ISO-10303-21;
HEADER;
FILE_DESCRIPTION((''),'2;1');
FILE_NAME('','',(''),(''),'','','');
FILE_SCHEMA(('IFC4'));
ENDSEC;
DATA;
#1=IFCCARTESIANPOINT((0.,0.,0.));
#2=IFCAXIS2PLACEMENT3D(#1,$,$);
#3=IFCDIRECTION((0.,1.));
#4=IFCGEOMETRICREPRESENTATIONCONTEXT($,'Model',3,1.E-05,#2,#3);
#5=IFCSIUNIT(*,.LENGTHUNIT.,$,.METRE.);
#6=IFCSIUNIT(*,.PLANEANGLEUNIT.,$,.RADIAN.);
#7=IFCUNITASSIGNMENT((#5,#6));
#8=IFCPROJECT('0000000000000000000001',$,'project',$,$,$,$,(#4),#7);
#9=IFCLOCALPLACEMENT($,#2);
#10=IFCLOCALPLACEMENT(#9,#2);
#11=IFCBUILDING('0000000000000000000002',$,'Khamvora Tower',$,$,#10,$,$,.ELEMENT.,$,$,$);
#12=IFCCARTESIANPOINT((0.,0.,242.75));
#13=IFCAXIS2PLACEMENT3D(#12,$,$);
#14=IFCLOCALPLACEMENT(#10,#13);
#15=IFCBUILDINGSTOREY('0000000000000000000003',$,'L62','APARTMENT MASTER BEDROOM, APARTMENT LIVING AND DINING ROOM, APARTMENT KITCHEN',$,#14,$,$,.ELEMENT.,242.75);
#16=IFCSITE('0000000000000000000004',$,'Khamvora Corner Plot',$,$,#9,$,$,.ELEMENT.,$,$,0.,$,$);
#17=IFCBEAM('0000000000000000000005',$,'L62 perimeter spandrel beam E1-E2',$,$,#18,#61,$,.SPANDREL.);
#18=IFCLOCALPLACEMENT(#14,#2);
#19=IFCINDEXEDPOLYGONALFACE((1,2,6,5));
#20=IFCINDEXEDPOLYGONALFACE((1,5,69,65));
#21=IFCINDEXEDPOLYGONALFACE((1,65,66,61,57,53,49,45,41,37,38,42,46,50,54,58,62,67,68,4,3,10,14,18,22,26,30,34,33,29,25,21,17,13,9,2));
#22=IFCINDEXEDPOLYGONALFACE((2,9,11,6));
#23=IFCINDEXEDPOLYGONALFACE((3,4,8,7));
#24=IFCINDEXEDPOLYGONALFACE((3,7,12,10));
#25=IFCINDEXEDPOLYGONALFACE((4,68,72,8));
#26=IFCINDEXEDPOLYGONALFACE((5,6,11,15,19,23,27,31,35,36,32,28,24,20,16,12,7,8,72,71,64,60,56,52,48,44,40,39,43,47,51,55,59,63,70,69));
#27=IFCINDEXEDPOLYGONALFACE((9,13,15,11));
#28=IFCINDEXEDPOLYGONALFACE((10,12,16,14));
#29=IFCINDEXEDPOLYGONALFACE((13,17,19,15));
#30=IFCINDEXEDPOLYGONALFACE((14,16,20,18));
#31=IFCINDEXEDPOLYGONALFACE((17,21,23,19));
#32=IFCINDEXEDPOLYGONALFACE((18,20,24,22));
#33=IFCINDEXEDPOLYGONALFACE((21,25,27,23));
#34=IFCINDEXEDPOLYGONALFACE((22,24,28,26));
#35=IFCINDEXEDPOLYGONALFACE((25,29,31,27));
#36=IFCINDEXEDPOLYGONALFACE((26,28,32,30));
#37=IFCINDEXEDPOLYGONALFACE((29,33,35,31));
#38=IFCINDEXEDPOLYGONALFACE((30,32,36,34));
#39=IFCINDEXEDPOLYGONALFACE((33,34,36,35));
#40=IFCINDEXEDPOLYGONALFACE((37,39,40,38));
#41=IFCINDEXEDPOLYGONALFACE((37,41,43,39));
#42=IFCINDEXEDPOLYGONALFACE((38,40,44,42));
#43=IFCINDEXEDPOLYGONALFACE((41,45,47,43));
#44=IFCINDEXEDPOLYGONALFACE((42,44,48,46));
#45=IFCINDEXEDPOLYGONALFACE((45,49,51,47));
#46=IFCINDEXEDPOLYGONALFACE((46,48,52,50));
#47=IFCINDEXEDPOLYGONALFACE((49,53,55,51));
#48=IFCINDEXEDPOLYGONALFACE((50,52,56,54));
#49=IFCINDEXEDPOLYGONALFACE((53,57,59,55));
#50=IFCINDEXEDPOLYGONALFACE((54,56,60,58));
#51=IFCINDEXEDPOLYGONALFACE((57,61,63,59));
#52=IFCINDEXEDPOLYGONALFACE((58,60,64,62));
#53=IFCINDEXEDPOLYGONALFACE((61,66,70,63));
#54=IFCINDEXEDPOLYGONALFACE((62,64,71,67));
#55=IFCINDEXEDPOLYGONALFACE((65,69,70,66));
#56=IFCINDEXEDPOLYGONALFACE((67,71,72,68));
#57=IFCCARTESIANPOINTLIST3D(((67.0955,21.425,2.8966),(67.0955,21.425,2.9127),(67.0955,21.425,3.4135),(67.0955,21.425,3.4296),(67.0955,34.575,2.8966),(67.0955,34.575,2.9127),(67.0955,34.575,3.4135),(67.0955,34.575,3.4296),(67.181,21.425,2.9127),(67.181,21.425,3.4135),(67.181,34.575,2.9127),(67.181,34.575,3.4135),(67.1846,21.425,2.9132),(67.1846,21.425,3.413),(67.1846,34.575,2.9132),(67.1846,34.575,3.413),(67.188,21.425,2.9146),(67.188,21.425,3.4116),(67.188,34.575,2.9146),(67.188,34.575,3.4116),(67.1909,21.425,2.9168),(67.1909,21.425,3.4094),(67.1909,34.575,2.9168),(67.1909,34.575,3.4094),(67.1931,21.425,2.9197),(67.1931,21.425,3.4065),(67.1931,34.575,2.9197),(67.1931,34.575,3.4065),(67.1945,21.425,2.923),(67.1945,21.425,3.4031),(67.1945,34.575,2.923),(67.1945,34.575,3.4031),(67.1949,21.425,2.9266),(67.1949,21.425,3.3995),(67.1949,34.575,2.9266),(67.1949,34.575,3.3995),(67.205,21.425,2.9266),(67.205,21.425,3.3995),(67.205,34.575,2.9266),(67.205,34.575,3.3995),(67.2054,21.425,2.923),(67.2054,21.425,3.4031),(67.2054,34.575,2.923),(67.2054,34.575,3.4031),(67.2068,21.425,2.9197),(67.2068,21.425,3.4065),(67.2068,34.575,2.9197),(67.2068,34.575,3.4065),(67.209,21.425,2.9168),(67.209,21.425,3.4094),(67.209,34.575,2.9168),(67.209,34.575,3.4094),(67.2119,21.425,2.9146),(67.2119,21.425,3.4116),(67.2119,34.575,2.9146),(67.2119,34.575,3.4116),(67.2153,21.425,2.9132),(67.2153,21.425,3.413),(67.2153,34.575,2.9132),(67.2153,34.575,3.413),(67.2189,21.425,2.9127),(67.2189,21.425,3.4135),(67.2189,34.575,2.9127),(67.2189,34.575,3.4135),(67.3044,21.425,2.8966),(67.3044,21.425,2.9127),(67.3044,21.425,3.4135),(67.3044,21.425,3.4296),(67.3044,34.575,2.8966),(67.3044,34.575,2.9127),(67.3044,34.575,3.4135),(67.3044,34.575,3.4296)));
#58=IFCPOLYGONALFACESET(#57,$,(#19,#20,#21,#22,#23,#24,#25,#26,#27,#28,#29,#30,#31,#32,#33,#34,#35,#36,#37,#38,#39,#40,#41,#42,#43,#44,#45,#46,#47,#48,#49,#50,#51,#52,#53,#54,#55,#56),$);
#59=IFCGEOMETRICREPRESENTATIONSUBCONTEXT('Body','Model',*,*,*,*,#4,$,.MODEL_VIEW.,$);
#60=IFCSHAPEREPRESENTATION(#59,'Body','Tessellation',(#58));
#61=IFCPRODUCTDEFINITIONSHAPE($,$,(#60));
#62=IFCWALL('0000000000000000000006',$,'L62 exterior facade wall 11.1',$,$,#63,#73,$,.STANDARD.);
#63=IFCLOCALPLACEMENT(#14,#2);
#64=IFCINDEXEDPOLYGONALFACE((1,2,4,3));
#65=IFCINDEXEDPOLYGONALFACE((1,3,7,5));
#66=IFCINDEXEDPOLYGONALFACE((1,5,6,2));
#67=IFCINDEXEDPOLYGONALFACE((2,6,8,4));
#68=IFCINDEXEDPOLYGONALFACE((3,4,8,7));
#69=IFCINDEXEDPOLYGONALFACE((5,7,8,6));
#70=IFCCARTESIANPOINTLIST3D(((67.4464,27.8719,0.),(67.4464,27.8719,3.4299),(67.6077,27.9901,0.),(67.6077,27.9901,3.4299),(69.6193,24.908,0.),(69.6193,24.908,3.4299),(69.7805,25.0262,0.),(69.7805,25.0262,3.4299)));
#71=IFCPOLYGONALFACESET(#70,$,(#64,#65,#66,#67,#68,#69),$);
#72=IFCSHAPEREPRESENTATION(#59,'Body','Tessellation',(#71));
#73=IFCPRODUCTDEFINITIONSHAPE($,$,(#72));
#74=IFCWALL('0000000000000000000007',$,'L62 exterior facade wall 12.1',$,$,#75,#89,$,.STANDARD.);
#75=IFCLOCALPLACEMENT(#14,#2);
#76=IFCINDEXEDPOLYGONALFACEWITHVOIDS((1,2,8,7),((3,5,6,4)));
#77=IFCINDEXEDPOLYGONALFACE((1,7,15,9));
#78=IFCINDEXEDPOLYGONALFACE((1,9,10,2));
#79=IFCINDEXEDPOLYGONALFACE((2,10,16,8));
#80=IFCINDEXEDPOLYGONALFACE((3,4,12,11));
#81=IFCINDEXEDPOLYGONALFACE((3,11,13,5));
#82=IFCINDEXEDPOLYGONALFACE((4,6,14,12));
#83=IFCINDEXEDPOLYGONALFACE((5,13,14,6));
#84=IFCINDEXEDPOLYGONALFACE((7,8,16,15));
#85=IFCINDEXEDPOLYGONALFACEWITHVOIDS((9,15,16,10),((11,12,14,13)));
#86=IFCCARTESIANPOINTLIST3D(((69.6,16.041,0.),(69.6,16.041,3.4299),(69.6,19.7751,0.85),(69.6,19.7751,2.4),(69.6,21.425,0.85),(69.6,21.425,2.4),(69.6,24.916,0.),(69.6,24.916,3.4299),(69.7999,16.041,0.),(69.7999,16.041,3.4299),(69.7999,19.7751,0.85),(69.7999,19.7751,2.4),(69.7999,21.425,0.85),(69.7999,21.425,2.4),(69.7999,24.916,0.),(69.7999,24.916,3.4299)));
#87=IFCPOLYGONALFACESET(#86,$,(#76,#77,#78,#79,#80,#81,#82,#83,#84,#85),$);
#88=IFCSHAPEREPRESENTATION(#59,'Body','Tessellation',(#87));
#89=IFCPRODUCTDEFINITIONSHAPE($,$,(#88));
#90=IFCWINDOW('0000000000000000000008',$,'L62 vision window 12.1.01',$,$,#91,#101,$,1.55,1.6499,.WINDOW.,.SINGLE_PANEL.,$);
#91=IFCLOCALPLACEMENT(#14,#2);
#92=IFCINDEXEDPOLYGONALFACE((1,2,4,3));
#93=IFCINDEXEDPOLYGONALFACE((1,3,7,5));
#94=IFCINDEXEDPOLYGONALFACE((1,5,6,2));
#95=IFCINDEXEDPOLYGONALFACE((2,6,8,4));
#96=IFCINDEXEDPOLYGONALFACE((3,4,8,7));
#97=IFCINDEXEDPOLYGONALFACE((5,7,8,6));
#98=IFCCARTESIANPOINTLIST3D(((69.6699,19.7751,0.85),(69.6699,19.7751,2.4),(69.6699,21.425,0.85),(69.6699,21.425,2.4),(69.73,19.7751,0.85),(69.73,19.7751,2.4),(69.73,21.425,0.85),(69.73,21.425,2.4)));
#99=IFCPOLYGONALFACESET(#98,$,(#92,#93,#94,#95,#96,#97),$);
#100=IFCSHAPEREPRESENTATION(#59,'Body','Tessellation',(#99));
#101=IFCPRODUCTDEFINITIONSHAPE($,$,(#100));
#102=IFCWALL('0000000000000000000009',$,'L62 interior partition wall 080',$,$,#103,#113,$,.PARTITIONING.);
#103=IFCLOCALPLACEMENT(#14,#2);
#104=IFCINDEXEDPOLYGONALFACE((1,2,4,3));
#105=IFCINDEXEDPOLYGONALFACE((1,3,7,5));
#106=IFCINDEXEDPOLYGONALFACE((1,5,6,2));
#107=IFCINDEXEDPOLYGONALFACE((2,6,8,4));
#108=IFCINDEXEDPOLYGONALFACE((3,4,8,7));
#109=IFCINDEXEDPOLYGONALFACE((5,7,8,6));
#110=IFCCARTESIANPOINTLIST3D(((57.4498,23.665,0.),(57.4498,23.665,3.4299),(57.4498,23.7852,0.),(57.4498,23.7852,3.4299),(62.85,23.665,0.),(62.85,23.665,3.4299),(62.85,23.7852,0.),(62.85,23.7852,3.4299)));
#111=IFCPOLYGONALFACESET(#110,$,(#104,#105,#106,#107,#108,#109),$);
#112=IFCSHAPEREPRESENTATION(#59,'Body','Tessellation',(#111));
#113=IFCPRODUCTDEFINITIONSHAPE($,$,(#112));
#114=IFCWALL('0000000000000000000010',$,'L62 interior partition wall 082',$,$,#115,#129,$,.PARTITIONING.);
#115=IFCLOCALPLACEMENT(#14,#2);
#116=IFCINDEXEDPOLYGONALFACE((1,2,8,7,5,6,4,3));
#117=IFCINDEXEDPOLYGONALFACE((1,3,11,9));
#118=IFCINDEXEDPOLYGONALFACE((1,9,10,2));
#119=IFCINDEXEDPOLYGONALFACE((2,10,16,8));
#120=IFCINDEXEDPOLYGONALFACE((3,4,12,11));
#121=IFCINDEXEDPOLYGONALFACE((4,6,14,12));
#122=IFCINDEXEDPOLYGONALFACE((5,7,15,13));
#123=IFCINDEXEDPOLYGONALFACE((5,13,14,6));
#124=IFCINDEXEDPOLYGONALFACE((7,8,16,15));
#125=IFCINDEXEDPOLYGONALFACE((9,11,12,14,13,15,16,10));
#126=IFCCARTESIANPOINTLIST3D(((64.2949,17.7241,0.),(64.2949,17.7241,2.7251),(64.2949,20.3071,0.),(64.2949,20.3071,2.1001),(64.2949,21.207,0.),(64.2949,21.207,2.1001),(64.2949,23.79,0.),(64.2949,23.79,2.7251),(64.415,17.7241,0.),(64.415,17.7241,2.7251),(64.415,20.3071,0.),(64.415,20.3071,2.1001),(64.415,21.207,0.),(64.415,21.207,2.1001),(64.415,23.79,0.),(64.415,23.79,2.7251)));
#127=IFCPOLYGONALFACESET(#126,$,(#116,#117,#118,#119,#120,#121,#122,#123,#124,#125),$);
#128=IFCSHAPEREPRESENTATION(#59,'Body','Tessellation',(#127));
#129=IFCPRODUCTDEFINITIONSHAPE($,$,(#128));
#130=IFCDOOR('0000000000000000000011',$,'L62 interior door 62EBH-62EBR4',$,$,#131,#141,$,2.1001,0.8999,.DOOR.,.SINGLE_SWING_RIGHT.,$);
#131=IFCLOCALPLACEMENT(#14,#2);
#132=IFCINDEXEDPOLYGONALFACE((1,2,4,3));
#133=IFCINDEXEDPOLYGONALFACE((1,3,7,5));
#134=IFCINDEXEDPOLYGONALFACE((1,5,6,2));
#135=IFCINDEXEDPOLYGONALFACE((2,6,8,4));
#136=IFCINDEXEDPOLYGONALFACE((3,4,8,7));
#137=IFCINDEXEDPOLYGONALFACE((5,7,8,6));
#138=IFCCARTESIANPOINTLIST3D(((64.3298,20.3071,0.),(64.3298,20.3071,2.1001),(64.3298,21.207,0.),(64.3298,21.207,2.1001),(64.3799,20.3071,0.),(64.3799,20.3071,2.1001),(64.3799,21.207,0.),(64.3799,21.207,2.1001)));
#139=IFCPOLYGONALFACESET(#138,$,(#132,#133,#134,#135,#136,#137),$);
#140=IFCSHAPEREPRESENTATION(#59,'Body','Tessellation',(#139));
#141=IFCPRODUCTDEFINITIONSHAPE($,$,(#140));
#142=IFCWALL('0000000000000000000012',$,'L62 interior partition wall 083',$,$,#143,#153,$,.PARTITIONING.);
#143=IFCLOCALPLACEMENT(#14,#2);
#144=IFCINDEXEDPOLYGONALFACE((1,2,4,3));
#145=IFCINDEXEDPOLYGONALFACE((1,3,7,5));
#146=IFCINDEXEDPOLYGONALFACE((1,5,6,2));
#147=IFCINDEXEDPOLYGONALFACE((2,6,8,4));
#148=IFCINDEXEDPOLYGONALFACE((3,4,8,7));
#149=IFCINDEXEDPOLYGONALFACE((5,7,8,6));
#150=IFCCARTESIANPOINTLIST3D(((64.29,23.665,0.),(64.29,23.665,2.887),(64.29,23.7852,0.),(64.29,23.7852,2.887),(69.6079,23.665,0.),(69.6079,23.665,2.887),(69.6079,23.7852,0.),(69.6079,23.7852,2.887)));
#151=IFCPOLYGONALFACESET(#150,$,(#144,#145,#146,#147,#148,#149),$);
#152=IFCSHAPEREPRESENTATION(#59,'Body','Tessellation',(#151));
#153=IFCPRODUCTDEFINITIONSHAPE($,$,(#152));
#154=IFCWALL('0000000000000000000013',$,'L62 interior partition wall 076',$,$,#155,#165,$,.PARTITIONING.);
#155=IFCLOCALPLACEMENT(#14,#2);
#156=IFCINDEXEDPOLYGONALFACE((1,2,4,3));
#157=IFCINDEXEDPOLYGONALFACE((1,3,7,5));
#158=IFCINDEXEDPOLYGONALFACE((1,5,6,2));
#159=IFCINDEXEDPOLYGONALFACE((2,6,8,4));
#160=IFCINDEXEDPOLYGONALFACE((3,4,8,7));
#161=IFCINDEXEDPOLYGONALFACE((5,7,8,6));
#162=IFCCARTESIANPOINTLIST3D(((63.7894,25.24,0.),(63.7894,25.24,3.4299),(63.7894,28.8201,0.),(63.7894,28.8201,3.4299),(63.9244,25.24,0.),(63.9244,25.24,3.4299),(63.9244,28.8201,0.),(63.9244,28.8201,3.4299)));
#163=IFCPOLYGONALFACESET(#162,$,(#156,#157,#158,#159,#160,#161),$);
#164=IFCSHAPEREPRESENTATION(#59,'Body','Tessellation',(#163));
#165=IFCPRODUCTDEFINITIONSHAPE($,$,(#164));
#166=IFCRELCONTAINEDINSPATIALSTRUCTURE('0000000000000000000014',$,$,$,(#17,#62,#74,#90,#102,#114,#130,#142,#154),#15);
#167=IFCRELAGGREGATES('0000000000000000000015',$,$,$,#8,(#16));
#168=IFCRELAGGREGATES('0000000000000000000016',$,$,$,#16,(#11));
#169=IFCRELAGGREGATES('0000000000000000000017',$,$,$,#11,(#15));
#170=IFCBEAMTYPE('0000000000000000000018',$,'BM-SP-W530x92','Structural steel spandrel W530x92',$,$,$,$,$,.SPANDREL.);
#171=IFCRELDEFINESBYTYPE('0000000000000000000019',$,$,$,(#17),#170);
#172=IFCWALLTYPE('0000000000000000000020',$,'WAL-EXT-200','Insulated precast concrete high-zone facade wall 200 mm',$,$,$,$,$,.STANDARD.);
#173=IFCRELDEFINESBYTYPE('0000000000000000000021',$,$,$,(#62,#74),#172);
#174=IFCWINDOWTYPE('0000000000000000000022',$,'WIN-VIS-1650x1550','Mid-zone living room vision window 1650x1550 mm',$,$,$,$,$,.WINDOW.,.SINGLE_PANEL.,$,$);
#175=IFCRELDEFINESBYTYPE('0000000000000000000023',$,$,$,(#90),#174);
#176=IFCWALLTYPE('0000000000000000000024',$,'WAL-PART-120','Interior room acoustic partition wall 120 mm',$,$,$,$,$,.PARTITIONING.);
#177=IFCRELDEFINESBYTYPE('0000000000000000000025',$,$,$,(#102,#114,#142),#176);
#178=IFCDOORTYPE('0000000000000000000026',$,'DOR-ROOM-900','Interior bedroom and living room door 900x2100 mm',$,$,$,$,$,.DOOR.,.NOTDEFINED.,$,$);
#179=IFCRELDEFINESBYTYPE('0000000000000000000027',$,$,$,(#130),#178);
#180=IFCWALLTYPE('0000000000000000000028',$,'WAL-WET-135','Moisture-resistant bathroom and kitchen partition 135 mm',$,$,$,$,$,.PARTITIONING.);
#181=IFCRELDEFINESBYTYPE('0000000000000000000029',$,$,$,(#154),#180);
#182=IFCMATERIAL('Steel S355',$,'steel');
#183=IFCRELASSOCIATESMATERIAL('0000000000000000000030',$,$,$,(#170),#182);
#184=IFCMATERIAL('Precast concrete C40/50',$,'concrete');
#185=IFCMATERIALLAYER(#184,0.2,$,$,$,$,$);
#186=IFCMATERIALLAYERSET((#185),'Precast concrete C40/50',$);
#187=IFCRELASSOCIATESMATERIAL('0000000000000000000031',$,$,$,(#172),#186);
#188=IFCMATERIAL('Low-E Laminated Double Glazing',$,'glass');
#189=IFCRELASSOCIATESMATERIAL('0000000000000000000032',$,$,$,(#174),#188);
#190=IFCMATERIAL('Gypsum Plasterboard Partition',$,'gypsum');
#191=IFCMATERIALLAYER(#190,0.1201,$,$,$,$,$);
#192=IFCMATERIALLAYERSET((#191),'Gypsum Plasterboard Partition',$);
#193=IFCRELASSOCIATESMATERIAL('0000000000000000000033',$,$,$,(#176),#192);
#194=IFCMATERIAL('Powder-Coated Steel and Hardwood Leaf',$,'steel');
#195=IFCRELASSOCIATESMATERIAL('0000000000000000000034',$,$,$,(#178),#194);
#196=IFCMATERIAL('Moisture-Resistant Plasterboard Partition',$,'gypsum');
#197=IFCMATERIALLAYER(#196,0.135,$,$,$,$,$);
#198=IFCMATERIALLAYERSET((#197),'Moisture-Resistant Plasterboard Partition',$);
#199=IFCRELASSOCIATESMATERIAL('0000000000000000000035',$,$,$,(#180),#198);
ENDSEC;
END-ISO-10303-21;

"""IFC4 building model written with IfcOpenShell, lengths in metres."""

from ifc_helpers import new_model, si_unit, direction, frame, frame_2d, origin, origin_2d, place, context, subcontext, project, spatial, rectangle, i_section, extrude, material, layer, layer_set, material_profile, profile_set, type_object, element, fill, save


model = new_model("IFC4")

# Units and contexts
model_context = context("Model", 3, precision=1e-05, world=origin(), true_north=direction((0.0, 1.0)))
body_context = subcontext(model_context, "Body", "Model", "MODEL_VIEW")
ifc_project = project(units=[si_unit("LENGTHUNIT", "METRE"), si_unit("PLANEANGLEUNIT", "RADIAN")], contexts=[model_context])

# Site, building, storey
site_placement = place(None, origin())
site = spatial("IfcSite", under=ifc_project, at=site_placement, Name="Khamvora Corner Plot", CompositionType="ELEMENT", RefElevation=0.0)
building_placement = place(site_placement, origin())
building = spatial("IfcBuilding", under=site, at=building_placement, Name="Khamvora Tower", CompositionType="ELEMENT")
storey_placement = place(building_placement, frame((0.0, 0.0, 242.75)))
storey = spatial("IfcBuildingStorey", under=building, at=storey_placement, Name="L62", Description="APARTMENT MASTER BEDROOM, APARTMENT LIVING AND DINING ROOM, APARTMENT KITCHEN", CompositionType="ELEMENT", Elevation=242.75)

# Beam
ifc_material_1 = material(Name="Steel S355", Category="steel")
ifc_material_profile = material_profile(ifc_material_1, i_section(OverallWidth=0.209, OverallDepth=0.533, WebThickness=0.01, FlangeThickness=0.0161, FilletRadius=0.0139, at=origin_2d()), Name="W530x92")
ifc_profile_set = profile_set([ifc_material_profile], Name="Steel S355")
beam_type = type_object("IfcBeamType", Name="BM-SP-W530x92", Description="Structural steel spandrel W530x92", PredefinedType="SPANDREL", material=ifc_profile_set)
beam_placement = place(storey_placement, frame((67.2, 21.425, 3.1631), z_axis=(0.0, 1.0, 0.0), x_axis=(-1.0, 0.0, 0.0)))
element("IfcBeam", 1, at=beam_placement, inside=storey, type_object=beam_type, Name="L62 perimeter spandrel beam E1-E2", PredefinedType="SPANDREL", context=body_context, shape_type="SweptSolid", body=[
    extrude(i_section(OverallWidth=0.209, OverallDepth=0.533, WebThickness=0.01, FlangeThickness=0.0161, FilletRadius=0.0139, at=origin_2d()), origin(), (0.0, 0.0, 1.0), 13.1499),
])

# Wall
ifc_material_2 = material(Name="Precast concrete C40/50", Category="concrete")
ifc_layer_1 = layer(ifc_material_2, 0.2)
ifc_layer_set_1 = layer_set([ifc_layer_1], Name="Precast concrete C40/50")
wall_type_1 = type_object("IfcWallType", Name="WAL-EXT-200", Description="Insulated precast concrete high-zone facade wall 200 mm", PredefinedType="STANDARD", material=ifc_layer_set_1)
wall_1_placement = place(storey_placement, frame((67.5271, 27.9309, 0.0), z_axis=(0.0, 0.0, 1.0), x_axis=(0.591248, -0.806489, 0.0)))
element("IfcWall", 2, at=wall_1_placement, inside=storey, type_object=wall_type_1, Name="L62 exterior facade wall 11.1", PredefinedType="STANDARD", context=body_context, shape_type="SweptSolid", body=[
    extrude(rectangle(XDim=3.675, YDim=0.2, at=frame_2d((1.8374, 0.0))), origin(), (0.0, 0.0, 1.0), 3.4299),
])

# Wall, opening, window
wall_2_placement = place(storey_placement, frame((69.7, 24.916, 0.0), z_axis=(0.0, 0.0, 1.0), x_axis=(0.0, -1.0, 0.0)))
wall_2 = element("IfcWall", 3, at=wall_2_placement, inside=storey, type_object=wall_type_1, Name="L62 exterior facade wall 12.1", PredefinedType="STANDARD", context=body_context, shape_type="SweptSolid", body=[
    extrude(rectangle(XDim=8.875, YDim=0.2, at=frame_2d((4.4375, 0.0))), origin(), (0.0, 0.0, 1.0), 3.4299),
])
opening_1_placement = place(wall_2_placement, frame((3.491, 0.0, 0.8501)))
opening_1 = element("IfcOpeningElement", 4, at=opening_1_placement, cuts=wall_2, PredefinedType="OPENING", context=body_context, shape_type="SweptSolid", body=[
    extrude(rectangle(XDim=1.6499, YDim=1.55, at=frame_2d((0.825, 0.7749))), frame((0.0, 0.1099, 0.0), z_axis=(0.0, -1.0, 0.0), x_axis=(1.0, 0.0, 0.0)), (0.0, 0.0, 1.0), 0.22),
])
ifc_material_3 = material(Name="Low-E Laminated Double Glazing", Category="glass")
window_type = type_object("IfcWindowType", Name="WIN-VIS-1650x1550", Description="Mid-zone living room vision window 1650x1550 mm", PartitioningType="SINGLE_PANEL", PredefinedType="WINDOW", material=ifc_material_3)
window_placement = place(opening_1_placement, origin())
window = element("IfcWindow", 5, at=window_placement, inside=storey, type_object=window_type, Name="L62 vision window 12.1.01", OverallHeight=1.55, OverallWidth=1.6499, PartitioningType="SINGLE_PANEL", PredefinedType="WINDOW", context=body_context, shape_type="SweptSolid", body=[
    extrude(rectangle(XDim=1.6499, YDim=1.55, at=frame_2d((0.825, 0.7749))), frame((0.0, 0.03, 0.0), z_axis=(0.0, -1.0, 0.0), x_axis=(1.0, 0.0, 0.0)), (0.0, 0.0, 1.0), 0.0601),
])
fill(opening_1, window)

# Wall
ifc_material_4 = material(Name="Gypsum Plasterboard Partition", Category="gypsum")
ifc_layer_2 = layer(ifc_material_4, 0.1201)
ifc_layer_set_2 = layer_set([ifc_layer_2], Name="Gypsum Plasterboard Partition")
wall_type_2 = type_object("IfcWallType", Name="WAL-PART-120", Description="Interior room acoustic partition wall 120 mm", PredefinedType="PARTITIONING", material=ifc_layer_set_2)
wall_3_placement = place(storey_placement, frame((62.8501, 23.7251, 0.0), z_axis=(0.0, 0.0, 1.0), x_axis=(-1.0, 0.0, 0.0)))
element("IfcWall", 6, at=wall_3_placement, inside=storey, type_object=wall_type_2, Name="L62 interior partition wall 080", PredefinedType="PARTITIONING", context=body_context, shape_type="SweptSolid", body=[
    extrude(rectangle(XDim=5.4001, YDim=0.1201, at=frame_2d((2.7002, 0.0))), origin(), (0.0, 0.0, 1.0), 3.4299),
])

# Wall, opening, door
wall_4_placement = place(storey_placement, frame((64.355, 23.79, 0.0), z_axis=(0.0, 0.0, 1.0), x_axis=(0.0, -1.0, 0.0)))
wall_4 = element("IfcWall", 7, at=wall_4_placement, inside=storey, type_object=wall_type_2, Name="L62 interior partition wall 082", PredefinedType="PARTITIONING", context=body_context, shape_type="SweptSolid", body=[
    extrude(rectangle(XDim=6.0659, YDim=0.1201, at=frame_2d((3.033, 0.0))), origin(), (0.0, 0.0, 1.0), 2.7251),
])
opening_2_placement = place(wall_4_placement, frame((2.583, 0.0, 0.0)))
opening_2 = element("IfcOpeningElement", 8, at=opening_2_placement, cuts=wall_4, PredefinedType="OPENING", context=body_context, shape_type="SweptSolid", body=[
    extrude(rectangle(XDim=0.8999, YDim=2.1001, at=frame_2d((0.45, 1.05))), frame((0.0, 0.0701, 0.0), z_axis=(0.0, -1.0, 0.0), x_axis=(1.0, 0.0, 0.0)), (0.0, 0.0, 1.0), 0.1401),
])
ifc_material_5 = material(Name="Powder-Coated Steel and Hardwood Leaf", Category="steel")
door_type_1 = type_object("IfcDoorType", Name="DOR-ROOM-900", Description="Interior bedroom and living room door 900x2100 mm", OperationType="NOTDEFINED", PredefinedType="DOOR", material=ifc_material_5)
door_1_placement = place(opening_2_placement, origin())
door_1 = element("IfcDoor", 9, at=door_1_placement, inside=storey, type_object=door_type_1, Name="L62 interior door 62EBH-62EBR4", OperationType="SINGLE_SWING_RIGHT", OverallHeight=2.1001, OverallWidth=0.8999, PredefinedType="DOOR", context=body_context, shape_type="SweptSolid", body=[
    extrude(rectangle(XDim=0.8999, YDim=2.1001, at=frame_2d((0.45, 1.05))), frame((0.0, 0.0249, 0.0), z_axis=(0.0, -1.0, 0.0), x_axis=(1.0, 0.0, 0.0)), (0.0, 0.0, 1.0), 0.05),
])
fill(opening_2, door_1)

# Walls
wall_5_placement = place(storey_placement, frame((69.6079, 23.7251, 0.0), z_axis=(0.0, 0.0, 1.0), x_axis=(-1.0, 0.0, 0.0)))
element("IfcWall", 10, at=wall_5_placement, inside=storey, type_object=wall_type_2, Name="L62 interior partition wall 083", PredefinedType="PARTITIONING", context=body_context, shape_type="SweptSolid", body=[
    extrude(rectangle(XDim=5.3179, YDim=0.1201, at=frame_2d((2.6589, 0.0))), origin(), (0.0, 0.0, 1.0), 2.887),
])
ifc_material_6 = material(Name="Moisture-Resistant Plasterboard Partition", Category="gypsum")
ifc_layer_3 = layer(ifc_material_6, 0.135)
ifc_layer_set_3 = layer_set([ifc_layer_3], Name="Moisture-Resistant Plasterboard Partition")
wall_type_3 = type_object("IfcWallType", Name="WAL-WET-135", Description="Moisture-resistant bathroom and kitchen partition 135 mm", PredefinedType="PARTITIONING", material=ifc_layer_set_3)
wall_6_placement = place(storey_placement, frame((63.8569, 28.8201, 0.0), z_axis=(0.0, 0.0, 1.0), x_axis=(0.0, -1.0, 0.0)))
element("IfcWall", 11, at=wall_6_placement, inside=storey, type_object=wall_type_3, Name="L62 interior partition wall 076", PredefinedType="PARTITIONING", context=body_context, shape_type="SweptSolid", body=[
    extrude(rectangle(XDim=3.5801, YDim=0.135, at=frame_2d((1.79, 0.0))), origin(), (0.0, 0.0, 1.0), 3.4299),
])

save(model, "model.ifc")
